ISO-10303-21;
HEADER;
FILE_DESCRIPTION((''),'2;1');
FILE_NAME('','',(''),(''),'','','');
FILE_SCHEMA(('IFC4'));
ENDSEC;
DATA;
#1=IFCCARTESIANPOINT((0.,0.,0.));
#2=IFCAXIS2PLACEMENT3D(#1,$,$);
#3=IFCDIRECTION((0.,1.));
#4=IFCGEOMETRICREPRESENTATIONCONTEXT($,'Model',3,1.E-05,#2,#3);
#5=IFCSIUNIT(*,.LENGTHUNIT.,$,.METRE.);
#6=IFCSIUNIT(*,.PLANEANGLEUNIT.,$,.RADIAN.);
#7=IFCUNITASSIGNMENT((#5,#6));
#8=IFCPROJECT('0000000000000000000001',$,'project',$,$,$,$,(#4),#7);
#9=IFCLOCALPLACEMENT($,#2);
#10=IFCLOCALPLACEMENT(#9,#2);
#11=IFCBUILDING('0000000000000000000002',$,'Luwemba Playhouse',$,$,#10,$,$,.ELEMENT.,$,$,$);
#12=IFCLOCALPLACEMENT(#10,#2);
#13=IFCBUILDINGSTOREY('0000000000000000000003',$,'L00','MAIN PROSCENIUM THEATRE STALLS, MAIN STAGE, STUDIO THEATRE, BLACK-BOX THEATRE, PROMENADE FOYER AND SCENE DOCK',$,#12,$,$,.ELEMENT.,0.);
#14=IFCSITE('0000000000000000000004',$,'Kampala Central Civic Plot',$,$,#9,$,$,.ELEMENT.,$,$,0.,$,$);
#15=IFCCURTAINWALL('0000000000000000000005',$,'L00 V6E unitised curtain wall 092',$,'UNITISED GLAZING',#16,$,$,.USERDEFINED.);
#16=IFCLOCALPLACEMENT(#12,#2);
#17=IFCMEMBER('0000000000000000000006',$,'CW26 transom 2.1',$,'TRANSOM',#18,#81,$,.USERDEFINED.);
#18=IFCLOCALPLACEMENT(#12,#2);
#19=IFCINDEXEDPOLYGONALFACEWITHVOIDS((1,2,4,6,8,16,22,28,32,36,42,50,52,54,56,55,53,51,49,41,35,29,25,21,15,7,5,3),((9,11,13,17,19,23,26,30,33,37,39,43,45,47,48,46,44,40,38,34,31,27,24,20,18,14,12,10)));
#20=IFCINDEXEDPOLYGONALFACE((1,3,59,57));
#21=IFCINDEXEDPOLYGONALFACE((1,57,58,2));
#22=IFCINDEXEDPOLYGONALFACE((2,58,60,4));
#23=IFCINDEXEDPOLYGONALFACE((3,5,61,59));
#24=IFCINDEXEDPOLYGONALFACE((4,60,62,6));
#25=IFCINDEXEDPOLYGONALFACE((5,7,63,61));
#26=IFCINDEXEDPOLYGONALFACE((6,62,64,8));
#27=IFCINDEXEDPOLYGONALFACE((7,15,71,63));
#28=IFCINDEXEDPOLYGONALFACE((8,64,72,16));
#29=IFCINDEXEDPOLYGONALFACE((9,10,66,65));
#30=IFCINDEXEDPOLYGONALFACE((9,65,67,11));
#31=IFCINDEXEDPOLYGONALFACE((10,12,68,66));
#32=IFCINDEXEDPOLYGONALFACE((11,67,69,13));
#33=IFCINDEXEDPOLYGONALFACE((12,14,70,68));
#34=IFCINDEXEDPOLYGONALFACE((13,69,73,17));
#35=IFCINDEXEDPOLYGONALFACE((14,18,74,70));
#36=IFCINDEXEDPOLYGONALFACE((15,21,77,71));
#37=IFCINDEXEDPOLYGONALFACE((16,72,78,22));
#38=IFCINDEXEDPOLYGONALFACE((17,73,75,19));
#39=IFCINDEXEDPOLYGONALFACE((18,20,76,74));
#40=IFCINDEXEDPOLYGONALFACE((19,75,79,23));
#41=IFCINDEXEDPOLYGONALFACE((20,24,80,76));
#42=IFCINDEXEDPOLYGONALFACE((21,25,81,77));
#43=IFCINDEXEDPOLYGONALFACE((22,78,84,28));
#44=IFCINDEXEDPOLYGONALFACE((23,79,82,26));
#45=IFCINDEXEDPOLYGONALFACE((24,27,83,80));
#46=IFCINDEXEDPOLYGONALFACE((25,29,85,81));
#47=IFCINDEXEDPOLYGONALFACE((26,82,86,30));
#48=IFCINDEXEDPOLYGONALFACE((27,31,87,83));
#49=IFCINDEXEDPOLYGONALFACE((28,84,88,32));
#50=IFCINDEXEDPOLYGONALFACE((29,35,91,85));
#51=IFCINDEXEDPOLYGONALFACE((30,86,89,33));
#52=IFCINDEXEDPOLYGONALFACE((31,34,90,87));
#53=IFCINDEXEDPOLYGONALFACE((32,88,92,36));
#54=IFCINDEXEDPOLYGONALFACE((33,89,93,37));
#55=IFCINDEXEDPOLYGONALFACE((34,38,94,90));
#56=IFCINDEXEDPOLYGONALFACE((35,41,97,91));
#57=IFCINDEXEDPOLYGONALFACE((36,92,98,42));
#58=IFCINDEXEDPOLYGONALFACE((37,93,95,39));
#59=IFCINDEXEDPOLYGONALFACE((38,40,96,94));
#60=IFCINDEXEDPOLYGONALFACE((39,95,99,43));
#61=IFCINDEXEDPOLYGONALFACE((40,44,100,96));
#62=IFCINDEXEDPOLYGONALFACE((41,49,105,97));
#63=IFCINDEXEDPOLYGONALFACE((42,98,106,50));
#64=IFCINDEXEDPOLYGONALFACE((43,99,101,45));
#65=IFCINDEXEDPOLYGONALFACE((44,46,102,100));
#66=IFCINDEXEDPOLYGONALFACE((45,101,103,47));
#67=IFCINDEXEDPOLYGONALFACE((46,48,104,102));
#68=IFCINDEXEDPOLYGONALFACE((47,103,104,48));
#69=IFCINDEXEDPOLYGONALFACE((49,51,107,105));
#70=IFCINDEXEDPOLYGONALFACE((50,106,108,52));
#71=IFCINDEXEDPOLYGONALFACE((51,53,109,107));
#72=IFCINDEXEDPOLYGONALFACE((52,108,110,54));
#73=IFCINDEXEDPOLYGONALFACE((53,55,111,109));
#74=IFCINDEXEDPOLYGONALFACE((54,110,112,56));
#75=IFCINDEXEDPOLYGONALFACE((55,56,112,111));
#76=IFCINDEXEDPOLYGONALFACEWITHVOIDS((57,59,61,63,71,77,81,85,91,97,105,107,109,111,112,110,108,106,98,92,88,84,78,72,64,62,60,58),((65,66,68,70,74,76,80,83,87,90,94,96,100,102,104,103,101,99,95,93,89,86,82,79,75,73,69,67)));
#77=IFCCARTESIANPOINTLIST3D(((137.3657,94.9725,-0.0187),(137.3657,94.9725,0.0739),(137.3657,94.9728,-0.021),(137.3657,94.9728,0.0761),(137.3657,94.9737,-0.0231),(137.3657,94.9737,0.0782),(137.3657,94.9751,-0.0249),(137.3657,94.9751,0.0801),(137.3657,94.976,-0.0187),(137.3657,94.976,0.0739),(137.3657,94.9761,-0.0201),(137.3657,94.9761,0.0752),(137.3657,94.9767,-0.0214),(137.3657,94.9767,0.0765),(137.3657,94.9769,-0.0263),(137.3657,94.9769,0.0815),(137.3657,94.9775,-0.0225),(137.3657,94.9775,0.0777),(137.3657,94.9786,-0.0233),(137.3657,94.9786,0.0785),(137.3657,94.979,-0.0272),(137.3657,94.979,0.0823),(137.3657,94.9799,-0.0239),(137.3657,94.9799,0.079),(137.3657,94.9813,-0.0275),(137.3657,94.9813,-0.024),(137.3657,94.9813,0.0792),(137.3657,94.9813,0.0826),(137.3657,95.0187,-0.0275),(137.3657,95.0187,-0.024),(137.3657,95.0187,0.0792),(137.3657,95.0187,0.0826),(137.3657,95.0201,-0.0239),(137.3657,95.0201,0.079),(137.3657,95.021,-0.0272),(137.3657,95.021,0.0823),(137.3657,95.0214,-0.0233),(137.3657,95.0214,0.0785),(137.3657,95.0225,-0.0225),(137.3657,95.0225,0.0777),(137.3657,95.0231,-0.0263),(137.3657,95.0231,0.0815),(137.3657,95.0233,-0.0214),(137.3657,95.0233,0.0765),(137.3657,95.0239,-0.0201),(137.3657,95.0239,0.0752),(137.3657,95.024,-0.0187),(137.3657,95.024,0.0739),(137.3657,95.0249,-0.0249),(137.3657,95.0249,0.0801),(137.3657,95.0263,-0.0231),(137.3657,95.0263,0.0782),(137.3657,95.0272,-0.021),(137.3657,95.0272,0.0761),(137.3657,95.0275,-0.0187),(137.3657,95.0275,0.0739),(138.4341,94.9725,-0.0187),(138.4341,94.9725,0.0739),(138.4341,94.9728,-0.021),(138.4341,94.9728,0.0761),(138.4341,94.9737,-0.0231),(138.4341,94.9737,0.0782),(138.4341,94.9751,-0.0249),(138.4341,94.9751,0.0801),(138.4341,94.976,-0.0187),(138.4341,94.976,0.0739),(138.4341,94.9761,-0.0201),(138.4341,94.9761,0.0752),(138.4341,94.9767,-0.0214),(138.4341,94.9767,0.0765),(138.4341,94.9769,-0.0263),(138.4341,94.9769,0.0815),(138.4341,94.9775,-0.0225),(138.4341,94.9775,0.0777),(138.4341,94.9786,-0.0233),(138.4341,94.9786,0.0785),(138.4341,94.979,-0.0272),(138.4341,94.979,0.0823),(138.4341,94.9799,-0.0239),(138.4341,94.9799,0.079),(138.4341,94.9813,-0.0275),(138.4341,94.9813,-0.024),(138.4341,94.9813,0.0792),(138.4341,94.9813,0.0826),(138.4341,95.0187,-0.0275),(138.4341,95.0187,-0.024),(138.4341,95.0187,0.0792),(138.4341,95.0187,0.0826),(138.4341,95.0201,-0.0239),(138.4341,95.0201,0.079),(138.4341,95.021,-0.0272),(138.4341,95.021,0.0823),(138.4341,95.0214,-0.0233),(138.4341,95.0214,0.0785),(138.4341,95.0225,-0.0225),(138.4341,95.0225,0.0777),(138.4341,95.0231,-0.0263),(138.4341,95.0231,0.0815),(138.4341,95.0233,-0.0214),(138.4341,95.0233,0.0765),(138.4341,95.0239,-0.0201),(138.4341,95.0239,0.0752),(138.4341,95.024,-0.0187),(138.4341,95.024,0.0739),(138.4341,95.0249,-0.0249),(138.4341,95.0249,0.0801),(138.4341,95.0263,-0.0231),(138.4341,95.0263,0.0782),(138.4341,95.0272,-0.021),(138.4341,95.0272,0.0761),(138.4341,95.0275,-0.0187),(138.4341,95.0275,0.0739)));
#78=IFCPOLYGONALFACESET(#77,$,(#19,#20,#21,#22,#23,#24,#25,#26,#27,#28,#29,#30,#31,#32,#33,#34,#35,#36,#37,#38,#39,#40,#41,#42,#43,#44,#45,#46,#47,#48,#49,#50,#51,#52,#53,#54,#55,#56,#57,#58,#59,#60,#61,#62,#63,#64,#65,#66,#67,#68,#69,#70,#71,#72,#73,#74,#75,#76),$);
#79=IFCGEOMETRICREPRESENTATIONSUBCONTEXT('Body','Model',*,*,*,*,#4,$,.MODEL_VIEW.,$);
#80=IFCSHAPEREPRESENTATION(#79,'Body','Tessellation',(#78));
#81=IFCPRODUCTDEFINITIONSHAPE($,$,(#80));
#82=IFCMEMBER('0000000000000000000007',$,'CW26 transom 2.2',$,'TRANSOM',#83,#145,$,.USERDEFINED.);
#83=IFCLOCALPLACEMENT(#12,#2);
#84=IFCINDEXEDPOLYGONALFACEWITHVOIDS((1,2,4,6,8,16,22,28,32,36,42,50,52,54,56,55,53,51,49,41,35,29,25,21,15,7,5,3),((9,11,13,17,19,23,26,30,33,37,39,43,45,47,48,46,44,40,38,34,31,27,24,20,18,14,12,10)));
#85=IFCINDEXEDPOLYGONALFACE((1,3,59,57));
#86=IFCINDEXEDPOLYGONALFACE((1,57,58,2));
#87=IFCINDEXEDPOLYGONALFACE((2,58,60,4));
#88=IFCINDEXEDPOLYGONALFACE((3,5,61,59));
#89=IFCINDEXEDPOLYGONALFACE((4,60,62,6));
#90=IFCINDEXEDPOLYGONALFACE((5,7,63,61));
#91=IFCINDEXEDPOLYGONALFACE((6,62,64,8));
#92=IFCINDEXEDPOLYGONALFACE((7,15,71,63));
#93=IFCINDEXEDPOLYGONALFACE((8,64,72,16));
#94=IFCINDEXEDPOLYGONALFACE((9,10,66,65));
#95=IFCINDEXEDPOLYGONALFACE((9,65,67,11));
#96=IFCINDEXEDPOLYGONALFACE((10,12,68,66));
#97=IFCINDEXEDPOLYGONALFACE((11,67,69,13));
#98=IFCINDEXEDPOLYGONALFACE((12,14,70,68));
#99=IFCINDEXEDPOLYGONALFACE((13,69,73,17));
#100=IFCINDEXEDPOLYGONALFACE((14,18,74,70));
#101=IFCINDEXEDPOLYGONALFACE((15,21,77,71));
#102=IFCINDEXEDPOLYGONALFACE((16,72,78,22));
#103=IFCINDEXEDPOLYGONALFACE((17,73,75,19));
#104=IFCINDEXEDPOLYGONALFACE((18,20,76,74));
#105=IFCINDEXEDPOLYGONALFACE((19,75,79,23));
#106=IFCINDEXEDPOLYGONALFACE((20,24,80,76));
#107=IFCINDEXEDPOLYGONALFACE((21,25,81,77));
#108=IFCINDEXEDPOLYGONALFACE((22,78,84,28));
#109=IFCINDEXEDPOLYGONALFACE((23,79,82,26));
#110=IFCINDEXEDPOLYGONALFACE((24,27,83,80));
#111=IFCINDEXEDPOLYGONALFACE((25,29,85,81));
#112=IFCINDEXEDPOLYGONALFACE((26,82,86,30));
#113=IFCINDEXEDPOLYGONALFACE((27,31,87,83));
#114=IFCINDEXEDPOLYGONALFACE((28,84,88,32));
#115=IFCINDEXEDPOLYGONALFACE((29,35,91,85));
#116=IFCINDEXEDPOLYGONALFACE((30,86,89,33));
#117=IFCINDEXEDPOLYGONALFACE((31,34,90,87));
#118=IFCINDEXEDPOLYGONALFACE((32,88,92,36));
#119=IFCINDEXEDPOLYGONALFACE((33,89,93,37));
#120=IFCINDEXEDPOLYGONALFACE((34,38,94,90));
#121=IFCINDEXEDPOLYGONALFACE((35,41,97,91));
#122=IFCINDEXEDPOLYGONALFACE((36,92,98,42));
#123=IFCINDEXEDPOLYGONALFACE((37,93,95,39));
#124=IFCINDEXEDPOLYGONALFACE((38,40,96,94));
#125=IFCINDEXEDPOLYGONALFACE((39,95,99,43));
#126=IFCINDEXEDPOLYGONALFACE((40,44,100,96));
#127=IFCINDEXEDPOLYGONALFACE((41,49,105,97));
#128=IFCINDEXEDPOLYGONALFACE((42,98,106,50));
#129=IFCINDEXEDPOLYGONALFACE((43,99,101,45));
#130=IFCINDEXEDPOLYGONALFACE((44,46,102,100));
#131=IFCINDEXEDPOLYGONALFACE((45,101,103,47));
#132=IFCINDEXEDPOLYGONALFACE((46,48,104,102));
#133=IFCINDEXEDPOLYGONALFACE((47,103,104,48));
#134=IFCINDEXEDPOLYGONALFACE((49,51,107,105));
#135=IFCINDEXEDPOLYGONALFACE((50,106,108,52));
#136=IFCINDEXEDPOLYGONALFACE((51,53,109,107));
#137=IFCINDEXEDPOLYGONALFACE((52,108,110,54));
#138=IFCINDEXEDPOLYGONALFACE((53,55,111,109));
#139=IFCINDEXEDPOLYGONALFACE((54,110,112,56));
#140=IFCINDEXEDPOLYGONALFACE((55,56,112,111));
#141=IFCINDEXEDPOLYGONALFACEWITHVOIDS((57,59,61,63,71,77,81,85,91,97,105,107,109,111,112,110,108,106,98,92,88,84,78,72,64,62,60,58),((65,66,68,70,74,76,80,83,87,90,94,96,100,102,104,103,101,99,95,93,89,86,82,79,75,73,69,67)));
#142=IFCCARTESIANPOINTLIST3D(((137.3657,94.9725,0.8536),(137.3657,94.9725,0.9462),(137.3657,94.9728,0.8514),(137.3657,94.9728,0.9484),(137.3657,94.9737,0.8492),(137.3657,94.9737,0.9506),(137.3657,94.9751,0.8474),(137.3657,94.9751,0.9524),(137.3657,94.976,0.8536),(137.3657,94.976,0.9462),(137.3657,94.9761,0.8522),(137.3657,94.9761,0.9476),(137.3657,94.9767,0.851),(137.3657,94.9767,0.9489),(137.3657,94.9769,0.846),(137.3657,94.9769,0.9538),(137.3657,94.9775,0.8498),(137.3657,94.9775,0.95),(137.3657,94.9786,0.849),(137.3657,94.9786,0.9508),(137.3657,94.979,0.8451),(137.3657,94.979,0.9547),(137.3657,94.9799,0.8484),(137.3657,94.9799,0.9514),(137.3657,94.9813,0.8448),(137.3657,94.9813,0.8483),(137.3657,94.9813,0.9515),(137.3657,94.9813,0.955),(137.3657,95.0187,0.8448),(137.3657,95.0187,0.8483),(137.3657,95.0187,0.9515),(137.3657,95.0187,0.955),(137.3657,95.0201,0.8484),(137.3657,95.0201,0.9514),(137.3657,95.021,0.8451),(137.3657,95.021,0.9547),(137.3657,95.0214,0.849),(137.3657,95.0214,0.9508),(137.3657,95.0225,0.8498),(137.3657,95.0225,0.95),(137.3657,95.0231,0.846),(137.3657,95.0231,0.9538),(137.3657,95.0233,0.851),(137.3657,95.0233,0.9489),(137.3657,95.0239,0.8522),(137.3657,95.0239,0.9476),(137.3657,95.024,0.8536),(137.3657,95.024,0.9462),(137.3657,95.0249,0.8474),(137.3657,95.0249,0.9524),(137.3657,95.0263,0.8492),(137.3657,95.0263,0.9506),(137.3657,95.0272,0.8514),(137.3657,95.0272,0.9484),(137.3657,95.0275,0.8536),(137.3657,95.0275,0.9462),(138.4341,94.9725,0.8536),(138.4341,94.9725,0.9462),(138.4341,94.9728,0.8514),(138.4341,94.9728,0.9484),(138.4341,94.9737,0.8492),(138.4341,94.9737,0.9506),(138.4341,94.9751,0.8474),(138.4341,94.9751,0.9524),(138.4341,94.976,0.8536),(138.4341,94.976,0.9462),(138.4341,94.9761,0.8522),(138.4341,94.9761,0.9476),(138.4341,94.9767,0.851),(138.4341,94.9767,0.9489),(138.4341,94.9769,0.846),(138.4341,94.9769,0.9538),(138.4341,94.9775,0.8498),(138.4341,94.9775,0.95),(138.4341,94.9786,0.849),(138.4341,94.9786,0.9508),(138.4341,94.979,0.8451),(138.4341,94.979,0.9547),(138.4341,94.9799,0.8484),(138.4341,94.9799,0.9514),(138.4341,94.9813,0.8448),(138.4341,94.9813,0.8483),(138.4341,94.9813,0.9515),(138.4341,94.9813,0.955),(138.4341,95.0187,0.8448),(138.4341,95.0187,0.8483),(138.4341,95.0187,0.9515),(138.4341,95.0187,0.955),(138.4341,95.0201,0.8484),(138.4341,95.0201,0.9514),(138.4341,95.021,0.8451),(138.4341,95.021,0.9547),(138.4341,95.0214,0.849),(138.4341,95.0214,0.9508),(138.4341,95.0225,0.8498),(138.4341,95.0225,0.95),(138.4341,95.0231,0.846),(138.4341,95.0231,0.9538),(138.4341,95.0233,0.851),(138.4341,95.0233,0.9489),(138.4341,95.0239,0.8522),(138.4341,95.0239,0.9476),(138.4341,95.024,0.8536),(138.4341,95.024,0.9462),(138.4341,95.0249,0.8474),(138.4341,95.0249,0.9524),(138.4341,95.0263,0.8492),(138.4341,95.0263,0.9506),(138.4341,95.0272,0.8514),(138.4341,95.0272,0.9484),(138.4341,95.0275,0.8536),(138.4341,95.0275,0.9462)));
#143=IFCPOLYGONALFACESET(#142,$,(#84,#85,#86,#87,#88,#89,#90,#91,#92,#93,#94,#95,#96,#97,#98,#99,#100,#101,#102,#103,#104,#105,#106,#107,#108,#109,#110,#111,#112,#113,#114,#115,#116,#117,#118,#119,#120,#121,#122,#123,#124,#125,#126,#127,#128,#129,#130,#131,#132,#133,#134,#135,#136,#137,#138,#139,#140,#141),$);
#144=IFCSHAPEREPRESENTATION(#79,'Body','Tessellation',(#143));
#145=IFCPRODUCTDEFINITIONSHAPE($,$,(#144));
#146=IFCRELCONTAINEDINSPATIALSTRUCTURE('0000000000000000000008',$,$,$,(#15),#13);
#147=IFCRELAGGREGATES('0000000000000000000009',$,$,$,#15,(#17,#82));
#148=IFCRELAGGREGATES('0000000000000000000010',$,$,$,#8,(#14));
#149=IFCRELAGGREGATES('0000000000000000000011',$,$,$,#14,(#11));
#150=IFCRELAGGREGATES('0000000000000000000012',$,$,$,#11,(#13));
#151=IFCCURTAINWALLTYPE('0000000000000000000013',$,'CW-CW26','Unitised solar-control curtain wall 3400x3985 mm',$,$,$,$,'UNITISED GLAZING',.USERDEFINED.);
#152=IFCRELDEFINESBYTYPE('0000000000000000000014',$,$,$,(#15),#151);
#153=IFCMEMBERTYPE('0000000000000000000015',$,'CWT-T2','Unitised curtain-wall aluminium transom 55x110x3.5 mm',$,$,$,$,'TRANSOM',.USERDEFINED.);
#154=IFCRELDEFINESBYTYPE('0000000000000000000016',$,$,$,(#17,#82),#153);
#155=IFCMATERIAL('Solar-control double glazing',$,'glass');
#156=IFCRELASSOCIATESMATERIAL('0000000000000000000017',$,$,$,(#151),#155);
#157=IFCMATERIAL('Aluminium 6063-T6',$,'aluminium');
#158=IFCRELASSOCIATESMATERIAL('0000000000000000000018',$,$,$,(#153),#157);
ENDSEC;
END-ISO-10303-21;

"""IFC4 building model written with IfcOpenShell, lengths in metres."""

from ifc_helpers import new_model, si_unit, direction, frame, origin, origin_2d, place, context, subcontext, project, spatial, hollow_rectangle, extrude, material, material_profile, profile_set, type_object, element, aggregate, save


model = new_model("IFC4")

# Units and contexts
model_context = context("Model", 3, precision=1e-05, world=origin(), true_north=direction((0.0, 1.0)))
body_context = subcontext(model_context, "Body", "Model", "MODEL_VIEW")
ifc_project = project(units=[si_unit("LENGTHUNIT", "METRE"), si_unit("PLANEANGLEUNIT", "RADIAN")], contexts=[model_context])

# Site, building, storey
site_placement = place(None, origin())
site = spatial("IfcSite", under=ifc_project, at=site_placement, Name="Kampala Central Civic Plot", CompositionType="ELEMENT", RefElevation=0.0)
building_placement = place(site_placement, origin())
building = spatial("IfcBuilding", under=site, at=building_placement, Name="Luwemba Playhouse", CompositionType="ELEMENT")
storey_placement = place(building_placement, origin())
storey = spatial("IfcBuildingStorey", under=building, at=storey_placement, Name="L00", Description="MAIN PROSCENIUM THEATRE STALLS, MAIN STAGE, STUDIO THEATRE, BLACK-BOX THEATRE, PROMENADE FOYER AND SCENE DOCK", CompositionType="ELEMENT", Elevation=0.0)

# Shared definitions
ifc_material_1 = material(Name="Solar-control double glazing", Category="glass")
ifc_material_2 = material(Name="Aluminium 6063-T6", Category="aluminium")

# Curtain wall, members
curtain_wall_type_1 = type_object("IfcCurtainWallType", Name="CW-CW26", Description="Unitised solar-control curtain wall 3400x3985 mm", ElementType="UNITISED GLAZING", PredefinedType="USERDEFINED", material=ifc_material_1)
curtain_wall_1_placement = place(storey_placement, origin())
curtain_wall_1 = element("IfcCurtainWall", 1, at=curtain_wall_1_placement, inside=storey, type_object=curtain_wall_type_1, Name="L00 V6E unitised curtain wall 092", ObjectType="UNITISED GLAZING", PredefinedType="USERDEFINED")
ifc_material_profile_1 = material_profile(ifc_material_2, hollow_rectangle(XDim=0.0549, YDim=0.1101, WallThickness=0.0034, InnerFilletRadius=0.0054, OuterFilletRadius=0.0088, at=origin_2d()))
ifc_profile_set_1 = profile_set([ifc_material_profile_1], Name="Aluminium 6063-T6")
member_type_1 = type_object("IfcMemberType", Name="CWT-T2", Description="Unitised curtain-wall aluminium transom 55x110x3.5 mm", ElementType="TRANSOM", PredefinedType="USERDEFINED", material=ifc_profile_set_1)
member_1_placement = place(storey_placement, frame((138.4341, 95.0, 0.0276), z_axis=(-1.0, 0.0, 0.0), x_axis=(0.0, -1.0, 0.0)))
member_1 = element("IfcMember", 2, at=member_1_placement, type_object=member_type_1, Name="CW26 transom 2.1", ObjectType="TRANSOM", PredefinedType="USERDEFINED", context=body_context, shape_type="SweptSolid", body=[
    extrude(hollow_rectangle(XDim=0.0549, YDim=0.1101, WallThickness=0.0034, InnerFilletRadius=0.0054, OuterFilletRadius=0.0088, at=origin_2d()), origin(), (0.0, 0.0, 1.0), 1.0684),
])
member_2_placement = place(storey_placement, frame((138.4341, 95.0, 0.8999), z_axis=(-1.0, 0.0, 0.0), x_axis=(0.0, -1.0, 0.0)))
member_2 = element("IfcMember", 3, at=member_2_placement, type_object=member_type_1, Name="CW26 transom 2.2", ObjectType="TRANSOM", PredefinedType="USERDEFINED", context=body_context, shape_type="SweptSolid", body=[
    extrude(hollow_rectangle(XDim=0.0549, YDim=0.1101, WallThickness=0.0034, InnerFilletRadius=0.0054, OuterFilletRadius=0.0088, at=origin_2d()), origin(), (0.0, 0.0, 1.0), 1.0684),
])

aggregate(curtain_wall_1, [member_1, member_2])

save(model, "model.ifc")
